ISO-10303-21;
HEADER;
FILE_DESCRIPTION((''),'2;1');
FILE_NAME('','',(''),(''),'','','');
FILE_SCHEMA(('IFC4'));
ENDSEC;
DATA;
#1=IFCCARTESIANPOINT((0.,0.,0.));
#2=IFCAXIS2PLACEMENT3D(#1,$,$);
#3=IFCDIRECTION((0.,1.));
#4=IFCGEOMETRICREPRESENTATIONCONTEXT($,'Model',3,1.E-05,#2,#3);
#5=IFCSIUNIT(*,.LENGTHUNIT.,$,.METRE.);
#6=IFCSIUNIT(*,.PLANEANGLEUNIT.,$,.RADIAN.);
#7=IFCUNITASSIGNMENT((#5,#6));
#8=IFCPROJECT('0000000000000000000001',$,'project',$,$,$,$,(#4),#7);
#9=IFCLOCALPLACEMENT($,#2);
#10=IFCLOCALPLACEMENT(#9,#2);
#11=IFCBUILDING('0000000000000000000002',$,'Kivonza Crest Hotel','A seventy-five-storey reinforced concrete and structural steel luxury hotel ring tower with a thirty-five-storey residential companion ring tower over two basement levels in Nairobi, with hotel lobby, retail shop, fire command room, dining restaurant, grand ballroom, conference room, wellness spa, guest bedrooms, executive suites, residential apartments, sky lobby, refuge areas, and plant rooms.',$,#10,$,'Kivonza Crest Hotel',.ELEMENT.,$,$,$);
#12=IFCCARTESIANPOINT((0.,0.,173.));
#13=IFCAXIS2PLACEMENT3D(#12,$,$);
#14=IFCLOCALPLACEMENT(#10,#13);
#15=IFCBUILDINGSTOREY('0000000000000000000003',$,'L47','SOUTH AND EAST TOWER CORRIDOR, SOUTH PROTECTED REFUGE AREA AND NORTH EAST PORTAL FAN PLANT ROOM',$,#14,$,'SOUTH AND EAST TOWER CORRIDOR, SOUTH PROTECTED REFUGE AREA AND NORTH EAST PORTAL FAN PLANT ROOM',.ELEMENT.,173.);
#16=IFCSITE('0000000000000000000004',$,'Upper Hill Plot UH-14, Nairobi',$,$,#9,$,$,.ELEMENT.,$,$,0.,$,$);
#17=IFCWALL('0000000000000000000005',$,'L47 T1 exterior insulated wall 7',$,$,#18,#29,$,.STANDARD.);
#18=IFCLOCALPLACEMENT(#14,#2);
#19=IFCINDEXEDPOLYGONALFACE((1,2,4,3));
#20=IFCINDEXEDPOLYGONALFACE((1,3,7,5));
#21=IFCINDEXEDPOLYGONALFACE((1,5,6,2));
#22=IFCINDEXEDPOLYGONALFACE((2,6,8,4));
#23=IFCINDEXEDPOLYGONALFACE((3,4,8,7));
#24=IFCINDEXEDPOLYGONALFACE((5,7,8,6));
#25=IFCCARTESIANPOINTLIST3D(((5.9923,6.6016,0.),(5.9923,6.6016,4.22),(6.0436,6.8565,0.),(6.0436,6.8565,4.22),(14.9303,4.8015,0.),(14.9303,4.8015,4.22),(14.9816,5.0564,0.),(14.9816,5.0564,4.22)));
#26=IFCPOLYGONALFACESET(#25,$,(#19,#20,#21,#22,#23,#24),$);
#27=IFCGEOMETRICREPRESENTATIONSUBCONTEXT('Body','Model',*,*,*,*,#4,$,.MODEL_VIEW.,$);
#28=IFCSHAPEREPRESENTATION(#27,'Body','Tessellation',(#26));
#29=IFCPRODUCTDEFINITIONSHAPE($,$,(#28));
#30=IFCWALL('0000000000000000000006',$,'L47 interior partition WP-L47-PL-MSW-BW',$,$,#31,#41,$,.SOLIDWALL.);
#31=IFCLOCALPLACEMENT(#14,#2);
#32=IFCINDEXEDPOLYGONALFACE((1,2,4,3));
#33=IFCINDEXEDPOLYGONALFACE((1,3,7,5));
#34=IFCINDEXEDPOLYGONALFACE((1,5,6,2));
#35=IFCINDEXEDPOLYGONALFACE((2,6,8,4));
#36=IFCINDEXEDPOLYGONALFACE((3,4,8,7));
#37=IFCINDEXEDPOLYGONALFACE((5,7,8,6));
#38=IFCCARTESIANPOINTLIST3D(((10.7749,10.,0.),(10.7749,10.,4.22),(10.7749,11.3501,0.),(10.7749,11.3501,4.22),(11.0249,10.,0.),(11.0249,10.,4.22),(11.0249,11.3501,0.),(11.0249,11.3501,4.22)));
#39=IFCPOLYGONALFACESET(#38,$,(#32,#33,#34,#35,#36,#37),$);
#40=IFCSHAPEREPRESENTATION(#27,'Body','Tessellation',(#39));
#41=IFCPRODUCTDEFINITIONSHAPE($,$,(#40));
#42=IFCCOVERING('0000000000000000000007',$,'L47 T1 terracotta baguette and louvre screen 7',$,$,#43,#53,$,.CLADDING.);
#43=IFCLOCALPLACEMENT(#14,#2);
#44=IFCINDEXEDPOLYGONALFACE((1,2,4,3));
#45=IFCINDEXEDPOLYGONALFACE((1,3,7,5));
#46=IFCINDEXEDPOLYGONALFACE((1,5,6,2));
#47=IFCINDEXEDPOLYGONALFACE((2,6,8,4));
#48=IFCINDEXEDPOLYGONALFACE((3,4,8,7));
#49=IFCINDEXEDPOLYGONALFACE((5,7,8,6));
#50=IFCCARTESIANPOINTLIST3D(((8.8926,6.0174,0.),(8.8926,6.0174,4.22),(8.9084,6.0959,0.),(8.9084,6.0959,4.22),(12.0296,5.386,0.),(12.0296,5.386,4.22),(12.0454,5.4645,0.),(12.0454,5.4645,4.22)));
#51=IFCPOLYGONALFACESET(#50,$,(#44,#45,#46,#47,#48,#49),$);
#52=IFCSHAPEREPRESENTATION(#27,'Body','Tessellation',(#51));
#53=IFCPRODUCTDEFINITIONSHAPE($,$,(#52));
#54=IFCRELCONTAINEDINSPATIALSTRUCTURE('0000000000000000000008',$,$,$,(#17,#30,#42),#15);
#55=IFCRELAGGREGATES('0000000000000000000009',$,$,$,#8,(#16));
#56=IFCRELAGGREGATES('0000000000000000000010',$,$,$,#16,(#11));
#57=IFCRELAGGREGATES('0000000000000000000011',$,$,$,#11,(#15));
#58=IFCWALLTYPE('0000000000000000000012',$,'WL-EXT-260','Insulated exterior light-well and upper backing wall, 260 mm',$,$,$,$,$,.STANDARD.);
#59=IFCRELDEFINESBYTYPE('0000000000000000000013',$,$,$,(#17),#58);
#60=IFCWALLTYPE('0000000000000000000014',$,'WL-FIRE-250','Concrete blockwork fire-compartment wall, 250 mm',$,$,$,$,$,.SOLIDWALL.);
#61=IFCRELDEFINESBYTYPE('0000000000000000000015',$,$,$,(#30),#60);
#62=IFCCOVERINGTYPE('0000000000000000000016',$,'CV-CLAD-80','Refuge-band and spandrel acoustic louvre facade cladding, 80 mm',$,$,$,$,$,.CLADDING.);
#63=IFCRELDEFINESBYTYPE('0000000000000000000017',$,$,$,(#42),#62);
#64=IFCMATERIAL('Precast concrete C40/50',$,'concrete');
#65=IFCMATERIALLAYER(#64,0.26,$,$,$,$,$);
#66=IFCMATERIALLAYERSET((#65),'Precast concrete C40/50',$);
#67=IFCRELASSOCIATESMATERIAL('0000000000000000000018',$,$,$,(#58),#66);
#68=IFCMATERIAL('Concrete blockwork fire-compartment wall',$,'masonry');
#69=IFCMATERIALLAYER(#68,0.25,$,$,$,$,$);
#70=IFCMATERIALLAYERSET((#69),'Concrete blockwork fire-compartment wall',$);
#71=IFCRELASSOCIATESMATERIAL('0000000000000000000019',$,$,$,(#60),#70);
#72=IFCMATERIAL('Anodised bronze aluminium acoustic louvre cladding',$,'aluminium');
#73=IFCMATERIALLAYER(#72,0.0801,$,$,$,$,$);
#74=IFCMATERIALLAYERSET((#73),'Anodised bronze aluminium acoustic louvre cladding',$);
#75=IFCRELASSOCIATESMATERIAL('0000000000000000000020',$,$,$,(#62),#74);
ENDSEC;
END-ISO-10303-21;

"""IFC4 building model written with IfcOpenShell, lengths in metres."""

from ifc_helpers import new_model, si_unit, direction, frame, frame_2d, origin, origin_2d, place, context, subcontext, project, spatial, rectangle, extrude, material, layer, layer_set, type_object, element, save


model = new_model("IFC4")

# Units and contexts
model_context = context("Model", 3, precision=1e-05, world=origin(), true_north=direction((0.0, 1.0)))
body_context = subcontext(model_context, "Body", "Model", "MODEL_VIEW")
ifc_project = project(units=[si_unit("LENGTHUNIT", "METRE"), si_unit("PLANEANGLEUNIT", "RADIAN")], contexts=[model_context])

# Site, building, storey
site_placement = place(None, origin())
site = spatial("IfcSite", under=ifc_project, at=site_placement, Name="Upper Hill Plot UH-14, Nairobi", CompositionType="ELEMENT", RefElevation=0.0)
building_placement = place(site_placement, origin())
building = spatial("IfcBuilding", under=site, at=building_placement, Name="Kivonza Crest Hotel", Description="A seventy-five-storey reinforced concrete and structural steel luxury hotel ring tower with a thirty-five-storey residential companion ring tower over two basement levels in Nairobi, with hotel lobby, retail shop, fire command room, dining restaurant, grand ballroom, conference room, wellness spa, guest bedrooms, executive suites, residential apartments, sky lobby, refuge areas, and plant rooms.", LongName="Kivonza Crest Hotel", CompositionType="ELEMENT")
storey_placement = place(building_placement, frame((0.0, 0.0, 173.0)))
storey = spatial("IfcBuildingStorey", under=building, at=storey_placement, Name="L47", Description="SOUTH AND EAST TOWER CORRIDOR, SOUTH PROTECTED REFUGE AREA AND NORTH EAST PORTAL FAN PLANT ROOM", LongName="SOUTH AND EAST TOWER CORRIDOR, SOUTH PROTECTED REFUGE AREA AND NORTH EAST PORTAL FAN PLANT ROOM", CompositionType="ELEMENT", Elevation=173.0)

# Walls
ifc_material_1 = material(Name="Precast concrete C40/50", Category="concrete")
ifc_layer_1 = layer(ifc_material_1, 0.26)
ifc_layer_set_1 = layer_set([ifc_layer_1], Name="Precast concrete C40/50")
wall_type_1 = type_object("IfcWallType", Name="WL-EXT-260", Description="Insulated exterior light-well and upper backing wall, 260 mm", PredefinedType="STANDARD", material=ifc_layer_set_1)
wall_1_placement = place(storey_placement, frame((6.0181, 6.729, 0.0), z_axis=(0.0, 0.0, 1.0), x_axis=(0.980317, -0.197429, 0.0)))
element("IfcWall", 1, at=wall_1_placement, inside=storey, type_object=wall_type_1, Name="L47 T1 exterior insulated wall 7", PredefinedType="STANDARD", context=body_context, shape_type="SweptSolid", body=[
    extrude(rectangle(XDim=9.1174, YDim=0.26, at=frame_2d((4.5586, 0.0))), origin(), (0.0, 0.0, 1.0), 4.22),
])
ifc_material_2 = material(Name="Concrete blockwork fire-compartment wall", Category="masonry")
ifc_layer_2 = layer(ifc_material_2, 0.25)
ifc_layer_set_2 = layer_set([ifc_layer_2], Name="Concrete blockwork fire-compartment wall")
wall_type_2 = type_object("IfcWallType", Name="WL-FIRE-250", Description="Concrete blockwork fire-compartment wall, 250 mm", PredefinedType="SOLIDWALL", material=ifc_layer_set_2)
wall_2_placement = place(storey_placement, frame((10.8999, 10.0, 0.0), z_axis=(0.0, 0.0, 1.0), x_axis=(0.0, 1.0, 0.0)))
element("IfcWall", 2, at=wall_2_placement, inside=storey, type_object=wall_type_2, Name="L47 interior partition WP-L47-PL-MSW-BW", PredefinedType="SOLIDWALL", context=body_context, shape_type="SweptSolid", body=[
    extrude(rectangle(XDim=1.3501, YDim=0.25, at=frame_2d((0.675, 0.0))), origin(), (0.0, 0.0, 1.0), 4.22),
])

# Covering
ifc_material_3 = material(Name="Anodised bronze aluminium acoustic louvre cladding", Category="aluminium")
ifc_layer_3 = layer(ifc_material_3, 0.0801)
ifc_layer_set_3 = layer_set([ifc_layer_3], Name="Anodised bronze aluminium acoustic louvre cladding")
covering_type = type_object("IfcCoveringType", Name="CV-CLAD-80", Description="Refuge-band and spandrel acoustic louvre facade cladding, 80 mm", PredefinedType="CLADDING", material=ifc_layer_set_3)
covering_placement = place(storey_placement, frame((10.469, 5.741, 0.0), z_axis=(0.0, 0.0, 1.0), x_axis=(0.98034, -0.197315, 0.0)))
element("IfcCovering", 3, at=covering_placement, inside=storey, type_object=covering_type, Name="L47 T1 terracotta baguette and louvre screen 7", PredefinedType="CLADDING", context=body_context, shape_type="SweptSolid", body=[
    extrude(rectangle(XDim=3.2, YDim=0.0801, at=origin_2d()), origin(), (0.0, 0.0, 1.0), 4.22),
])

save(model, "model.ifc")
